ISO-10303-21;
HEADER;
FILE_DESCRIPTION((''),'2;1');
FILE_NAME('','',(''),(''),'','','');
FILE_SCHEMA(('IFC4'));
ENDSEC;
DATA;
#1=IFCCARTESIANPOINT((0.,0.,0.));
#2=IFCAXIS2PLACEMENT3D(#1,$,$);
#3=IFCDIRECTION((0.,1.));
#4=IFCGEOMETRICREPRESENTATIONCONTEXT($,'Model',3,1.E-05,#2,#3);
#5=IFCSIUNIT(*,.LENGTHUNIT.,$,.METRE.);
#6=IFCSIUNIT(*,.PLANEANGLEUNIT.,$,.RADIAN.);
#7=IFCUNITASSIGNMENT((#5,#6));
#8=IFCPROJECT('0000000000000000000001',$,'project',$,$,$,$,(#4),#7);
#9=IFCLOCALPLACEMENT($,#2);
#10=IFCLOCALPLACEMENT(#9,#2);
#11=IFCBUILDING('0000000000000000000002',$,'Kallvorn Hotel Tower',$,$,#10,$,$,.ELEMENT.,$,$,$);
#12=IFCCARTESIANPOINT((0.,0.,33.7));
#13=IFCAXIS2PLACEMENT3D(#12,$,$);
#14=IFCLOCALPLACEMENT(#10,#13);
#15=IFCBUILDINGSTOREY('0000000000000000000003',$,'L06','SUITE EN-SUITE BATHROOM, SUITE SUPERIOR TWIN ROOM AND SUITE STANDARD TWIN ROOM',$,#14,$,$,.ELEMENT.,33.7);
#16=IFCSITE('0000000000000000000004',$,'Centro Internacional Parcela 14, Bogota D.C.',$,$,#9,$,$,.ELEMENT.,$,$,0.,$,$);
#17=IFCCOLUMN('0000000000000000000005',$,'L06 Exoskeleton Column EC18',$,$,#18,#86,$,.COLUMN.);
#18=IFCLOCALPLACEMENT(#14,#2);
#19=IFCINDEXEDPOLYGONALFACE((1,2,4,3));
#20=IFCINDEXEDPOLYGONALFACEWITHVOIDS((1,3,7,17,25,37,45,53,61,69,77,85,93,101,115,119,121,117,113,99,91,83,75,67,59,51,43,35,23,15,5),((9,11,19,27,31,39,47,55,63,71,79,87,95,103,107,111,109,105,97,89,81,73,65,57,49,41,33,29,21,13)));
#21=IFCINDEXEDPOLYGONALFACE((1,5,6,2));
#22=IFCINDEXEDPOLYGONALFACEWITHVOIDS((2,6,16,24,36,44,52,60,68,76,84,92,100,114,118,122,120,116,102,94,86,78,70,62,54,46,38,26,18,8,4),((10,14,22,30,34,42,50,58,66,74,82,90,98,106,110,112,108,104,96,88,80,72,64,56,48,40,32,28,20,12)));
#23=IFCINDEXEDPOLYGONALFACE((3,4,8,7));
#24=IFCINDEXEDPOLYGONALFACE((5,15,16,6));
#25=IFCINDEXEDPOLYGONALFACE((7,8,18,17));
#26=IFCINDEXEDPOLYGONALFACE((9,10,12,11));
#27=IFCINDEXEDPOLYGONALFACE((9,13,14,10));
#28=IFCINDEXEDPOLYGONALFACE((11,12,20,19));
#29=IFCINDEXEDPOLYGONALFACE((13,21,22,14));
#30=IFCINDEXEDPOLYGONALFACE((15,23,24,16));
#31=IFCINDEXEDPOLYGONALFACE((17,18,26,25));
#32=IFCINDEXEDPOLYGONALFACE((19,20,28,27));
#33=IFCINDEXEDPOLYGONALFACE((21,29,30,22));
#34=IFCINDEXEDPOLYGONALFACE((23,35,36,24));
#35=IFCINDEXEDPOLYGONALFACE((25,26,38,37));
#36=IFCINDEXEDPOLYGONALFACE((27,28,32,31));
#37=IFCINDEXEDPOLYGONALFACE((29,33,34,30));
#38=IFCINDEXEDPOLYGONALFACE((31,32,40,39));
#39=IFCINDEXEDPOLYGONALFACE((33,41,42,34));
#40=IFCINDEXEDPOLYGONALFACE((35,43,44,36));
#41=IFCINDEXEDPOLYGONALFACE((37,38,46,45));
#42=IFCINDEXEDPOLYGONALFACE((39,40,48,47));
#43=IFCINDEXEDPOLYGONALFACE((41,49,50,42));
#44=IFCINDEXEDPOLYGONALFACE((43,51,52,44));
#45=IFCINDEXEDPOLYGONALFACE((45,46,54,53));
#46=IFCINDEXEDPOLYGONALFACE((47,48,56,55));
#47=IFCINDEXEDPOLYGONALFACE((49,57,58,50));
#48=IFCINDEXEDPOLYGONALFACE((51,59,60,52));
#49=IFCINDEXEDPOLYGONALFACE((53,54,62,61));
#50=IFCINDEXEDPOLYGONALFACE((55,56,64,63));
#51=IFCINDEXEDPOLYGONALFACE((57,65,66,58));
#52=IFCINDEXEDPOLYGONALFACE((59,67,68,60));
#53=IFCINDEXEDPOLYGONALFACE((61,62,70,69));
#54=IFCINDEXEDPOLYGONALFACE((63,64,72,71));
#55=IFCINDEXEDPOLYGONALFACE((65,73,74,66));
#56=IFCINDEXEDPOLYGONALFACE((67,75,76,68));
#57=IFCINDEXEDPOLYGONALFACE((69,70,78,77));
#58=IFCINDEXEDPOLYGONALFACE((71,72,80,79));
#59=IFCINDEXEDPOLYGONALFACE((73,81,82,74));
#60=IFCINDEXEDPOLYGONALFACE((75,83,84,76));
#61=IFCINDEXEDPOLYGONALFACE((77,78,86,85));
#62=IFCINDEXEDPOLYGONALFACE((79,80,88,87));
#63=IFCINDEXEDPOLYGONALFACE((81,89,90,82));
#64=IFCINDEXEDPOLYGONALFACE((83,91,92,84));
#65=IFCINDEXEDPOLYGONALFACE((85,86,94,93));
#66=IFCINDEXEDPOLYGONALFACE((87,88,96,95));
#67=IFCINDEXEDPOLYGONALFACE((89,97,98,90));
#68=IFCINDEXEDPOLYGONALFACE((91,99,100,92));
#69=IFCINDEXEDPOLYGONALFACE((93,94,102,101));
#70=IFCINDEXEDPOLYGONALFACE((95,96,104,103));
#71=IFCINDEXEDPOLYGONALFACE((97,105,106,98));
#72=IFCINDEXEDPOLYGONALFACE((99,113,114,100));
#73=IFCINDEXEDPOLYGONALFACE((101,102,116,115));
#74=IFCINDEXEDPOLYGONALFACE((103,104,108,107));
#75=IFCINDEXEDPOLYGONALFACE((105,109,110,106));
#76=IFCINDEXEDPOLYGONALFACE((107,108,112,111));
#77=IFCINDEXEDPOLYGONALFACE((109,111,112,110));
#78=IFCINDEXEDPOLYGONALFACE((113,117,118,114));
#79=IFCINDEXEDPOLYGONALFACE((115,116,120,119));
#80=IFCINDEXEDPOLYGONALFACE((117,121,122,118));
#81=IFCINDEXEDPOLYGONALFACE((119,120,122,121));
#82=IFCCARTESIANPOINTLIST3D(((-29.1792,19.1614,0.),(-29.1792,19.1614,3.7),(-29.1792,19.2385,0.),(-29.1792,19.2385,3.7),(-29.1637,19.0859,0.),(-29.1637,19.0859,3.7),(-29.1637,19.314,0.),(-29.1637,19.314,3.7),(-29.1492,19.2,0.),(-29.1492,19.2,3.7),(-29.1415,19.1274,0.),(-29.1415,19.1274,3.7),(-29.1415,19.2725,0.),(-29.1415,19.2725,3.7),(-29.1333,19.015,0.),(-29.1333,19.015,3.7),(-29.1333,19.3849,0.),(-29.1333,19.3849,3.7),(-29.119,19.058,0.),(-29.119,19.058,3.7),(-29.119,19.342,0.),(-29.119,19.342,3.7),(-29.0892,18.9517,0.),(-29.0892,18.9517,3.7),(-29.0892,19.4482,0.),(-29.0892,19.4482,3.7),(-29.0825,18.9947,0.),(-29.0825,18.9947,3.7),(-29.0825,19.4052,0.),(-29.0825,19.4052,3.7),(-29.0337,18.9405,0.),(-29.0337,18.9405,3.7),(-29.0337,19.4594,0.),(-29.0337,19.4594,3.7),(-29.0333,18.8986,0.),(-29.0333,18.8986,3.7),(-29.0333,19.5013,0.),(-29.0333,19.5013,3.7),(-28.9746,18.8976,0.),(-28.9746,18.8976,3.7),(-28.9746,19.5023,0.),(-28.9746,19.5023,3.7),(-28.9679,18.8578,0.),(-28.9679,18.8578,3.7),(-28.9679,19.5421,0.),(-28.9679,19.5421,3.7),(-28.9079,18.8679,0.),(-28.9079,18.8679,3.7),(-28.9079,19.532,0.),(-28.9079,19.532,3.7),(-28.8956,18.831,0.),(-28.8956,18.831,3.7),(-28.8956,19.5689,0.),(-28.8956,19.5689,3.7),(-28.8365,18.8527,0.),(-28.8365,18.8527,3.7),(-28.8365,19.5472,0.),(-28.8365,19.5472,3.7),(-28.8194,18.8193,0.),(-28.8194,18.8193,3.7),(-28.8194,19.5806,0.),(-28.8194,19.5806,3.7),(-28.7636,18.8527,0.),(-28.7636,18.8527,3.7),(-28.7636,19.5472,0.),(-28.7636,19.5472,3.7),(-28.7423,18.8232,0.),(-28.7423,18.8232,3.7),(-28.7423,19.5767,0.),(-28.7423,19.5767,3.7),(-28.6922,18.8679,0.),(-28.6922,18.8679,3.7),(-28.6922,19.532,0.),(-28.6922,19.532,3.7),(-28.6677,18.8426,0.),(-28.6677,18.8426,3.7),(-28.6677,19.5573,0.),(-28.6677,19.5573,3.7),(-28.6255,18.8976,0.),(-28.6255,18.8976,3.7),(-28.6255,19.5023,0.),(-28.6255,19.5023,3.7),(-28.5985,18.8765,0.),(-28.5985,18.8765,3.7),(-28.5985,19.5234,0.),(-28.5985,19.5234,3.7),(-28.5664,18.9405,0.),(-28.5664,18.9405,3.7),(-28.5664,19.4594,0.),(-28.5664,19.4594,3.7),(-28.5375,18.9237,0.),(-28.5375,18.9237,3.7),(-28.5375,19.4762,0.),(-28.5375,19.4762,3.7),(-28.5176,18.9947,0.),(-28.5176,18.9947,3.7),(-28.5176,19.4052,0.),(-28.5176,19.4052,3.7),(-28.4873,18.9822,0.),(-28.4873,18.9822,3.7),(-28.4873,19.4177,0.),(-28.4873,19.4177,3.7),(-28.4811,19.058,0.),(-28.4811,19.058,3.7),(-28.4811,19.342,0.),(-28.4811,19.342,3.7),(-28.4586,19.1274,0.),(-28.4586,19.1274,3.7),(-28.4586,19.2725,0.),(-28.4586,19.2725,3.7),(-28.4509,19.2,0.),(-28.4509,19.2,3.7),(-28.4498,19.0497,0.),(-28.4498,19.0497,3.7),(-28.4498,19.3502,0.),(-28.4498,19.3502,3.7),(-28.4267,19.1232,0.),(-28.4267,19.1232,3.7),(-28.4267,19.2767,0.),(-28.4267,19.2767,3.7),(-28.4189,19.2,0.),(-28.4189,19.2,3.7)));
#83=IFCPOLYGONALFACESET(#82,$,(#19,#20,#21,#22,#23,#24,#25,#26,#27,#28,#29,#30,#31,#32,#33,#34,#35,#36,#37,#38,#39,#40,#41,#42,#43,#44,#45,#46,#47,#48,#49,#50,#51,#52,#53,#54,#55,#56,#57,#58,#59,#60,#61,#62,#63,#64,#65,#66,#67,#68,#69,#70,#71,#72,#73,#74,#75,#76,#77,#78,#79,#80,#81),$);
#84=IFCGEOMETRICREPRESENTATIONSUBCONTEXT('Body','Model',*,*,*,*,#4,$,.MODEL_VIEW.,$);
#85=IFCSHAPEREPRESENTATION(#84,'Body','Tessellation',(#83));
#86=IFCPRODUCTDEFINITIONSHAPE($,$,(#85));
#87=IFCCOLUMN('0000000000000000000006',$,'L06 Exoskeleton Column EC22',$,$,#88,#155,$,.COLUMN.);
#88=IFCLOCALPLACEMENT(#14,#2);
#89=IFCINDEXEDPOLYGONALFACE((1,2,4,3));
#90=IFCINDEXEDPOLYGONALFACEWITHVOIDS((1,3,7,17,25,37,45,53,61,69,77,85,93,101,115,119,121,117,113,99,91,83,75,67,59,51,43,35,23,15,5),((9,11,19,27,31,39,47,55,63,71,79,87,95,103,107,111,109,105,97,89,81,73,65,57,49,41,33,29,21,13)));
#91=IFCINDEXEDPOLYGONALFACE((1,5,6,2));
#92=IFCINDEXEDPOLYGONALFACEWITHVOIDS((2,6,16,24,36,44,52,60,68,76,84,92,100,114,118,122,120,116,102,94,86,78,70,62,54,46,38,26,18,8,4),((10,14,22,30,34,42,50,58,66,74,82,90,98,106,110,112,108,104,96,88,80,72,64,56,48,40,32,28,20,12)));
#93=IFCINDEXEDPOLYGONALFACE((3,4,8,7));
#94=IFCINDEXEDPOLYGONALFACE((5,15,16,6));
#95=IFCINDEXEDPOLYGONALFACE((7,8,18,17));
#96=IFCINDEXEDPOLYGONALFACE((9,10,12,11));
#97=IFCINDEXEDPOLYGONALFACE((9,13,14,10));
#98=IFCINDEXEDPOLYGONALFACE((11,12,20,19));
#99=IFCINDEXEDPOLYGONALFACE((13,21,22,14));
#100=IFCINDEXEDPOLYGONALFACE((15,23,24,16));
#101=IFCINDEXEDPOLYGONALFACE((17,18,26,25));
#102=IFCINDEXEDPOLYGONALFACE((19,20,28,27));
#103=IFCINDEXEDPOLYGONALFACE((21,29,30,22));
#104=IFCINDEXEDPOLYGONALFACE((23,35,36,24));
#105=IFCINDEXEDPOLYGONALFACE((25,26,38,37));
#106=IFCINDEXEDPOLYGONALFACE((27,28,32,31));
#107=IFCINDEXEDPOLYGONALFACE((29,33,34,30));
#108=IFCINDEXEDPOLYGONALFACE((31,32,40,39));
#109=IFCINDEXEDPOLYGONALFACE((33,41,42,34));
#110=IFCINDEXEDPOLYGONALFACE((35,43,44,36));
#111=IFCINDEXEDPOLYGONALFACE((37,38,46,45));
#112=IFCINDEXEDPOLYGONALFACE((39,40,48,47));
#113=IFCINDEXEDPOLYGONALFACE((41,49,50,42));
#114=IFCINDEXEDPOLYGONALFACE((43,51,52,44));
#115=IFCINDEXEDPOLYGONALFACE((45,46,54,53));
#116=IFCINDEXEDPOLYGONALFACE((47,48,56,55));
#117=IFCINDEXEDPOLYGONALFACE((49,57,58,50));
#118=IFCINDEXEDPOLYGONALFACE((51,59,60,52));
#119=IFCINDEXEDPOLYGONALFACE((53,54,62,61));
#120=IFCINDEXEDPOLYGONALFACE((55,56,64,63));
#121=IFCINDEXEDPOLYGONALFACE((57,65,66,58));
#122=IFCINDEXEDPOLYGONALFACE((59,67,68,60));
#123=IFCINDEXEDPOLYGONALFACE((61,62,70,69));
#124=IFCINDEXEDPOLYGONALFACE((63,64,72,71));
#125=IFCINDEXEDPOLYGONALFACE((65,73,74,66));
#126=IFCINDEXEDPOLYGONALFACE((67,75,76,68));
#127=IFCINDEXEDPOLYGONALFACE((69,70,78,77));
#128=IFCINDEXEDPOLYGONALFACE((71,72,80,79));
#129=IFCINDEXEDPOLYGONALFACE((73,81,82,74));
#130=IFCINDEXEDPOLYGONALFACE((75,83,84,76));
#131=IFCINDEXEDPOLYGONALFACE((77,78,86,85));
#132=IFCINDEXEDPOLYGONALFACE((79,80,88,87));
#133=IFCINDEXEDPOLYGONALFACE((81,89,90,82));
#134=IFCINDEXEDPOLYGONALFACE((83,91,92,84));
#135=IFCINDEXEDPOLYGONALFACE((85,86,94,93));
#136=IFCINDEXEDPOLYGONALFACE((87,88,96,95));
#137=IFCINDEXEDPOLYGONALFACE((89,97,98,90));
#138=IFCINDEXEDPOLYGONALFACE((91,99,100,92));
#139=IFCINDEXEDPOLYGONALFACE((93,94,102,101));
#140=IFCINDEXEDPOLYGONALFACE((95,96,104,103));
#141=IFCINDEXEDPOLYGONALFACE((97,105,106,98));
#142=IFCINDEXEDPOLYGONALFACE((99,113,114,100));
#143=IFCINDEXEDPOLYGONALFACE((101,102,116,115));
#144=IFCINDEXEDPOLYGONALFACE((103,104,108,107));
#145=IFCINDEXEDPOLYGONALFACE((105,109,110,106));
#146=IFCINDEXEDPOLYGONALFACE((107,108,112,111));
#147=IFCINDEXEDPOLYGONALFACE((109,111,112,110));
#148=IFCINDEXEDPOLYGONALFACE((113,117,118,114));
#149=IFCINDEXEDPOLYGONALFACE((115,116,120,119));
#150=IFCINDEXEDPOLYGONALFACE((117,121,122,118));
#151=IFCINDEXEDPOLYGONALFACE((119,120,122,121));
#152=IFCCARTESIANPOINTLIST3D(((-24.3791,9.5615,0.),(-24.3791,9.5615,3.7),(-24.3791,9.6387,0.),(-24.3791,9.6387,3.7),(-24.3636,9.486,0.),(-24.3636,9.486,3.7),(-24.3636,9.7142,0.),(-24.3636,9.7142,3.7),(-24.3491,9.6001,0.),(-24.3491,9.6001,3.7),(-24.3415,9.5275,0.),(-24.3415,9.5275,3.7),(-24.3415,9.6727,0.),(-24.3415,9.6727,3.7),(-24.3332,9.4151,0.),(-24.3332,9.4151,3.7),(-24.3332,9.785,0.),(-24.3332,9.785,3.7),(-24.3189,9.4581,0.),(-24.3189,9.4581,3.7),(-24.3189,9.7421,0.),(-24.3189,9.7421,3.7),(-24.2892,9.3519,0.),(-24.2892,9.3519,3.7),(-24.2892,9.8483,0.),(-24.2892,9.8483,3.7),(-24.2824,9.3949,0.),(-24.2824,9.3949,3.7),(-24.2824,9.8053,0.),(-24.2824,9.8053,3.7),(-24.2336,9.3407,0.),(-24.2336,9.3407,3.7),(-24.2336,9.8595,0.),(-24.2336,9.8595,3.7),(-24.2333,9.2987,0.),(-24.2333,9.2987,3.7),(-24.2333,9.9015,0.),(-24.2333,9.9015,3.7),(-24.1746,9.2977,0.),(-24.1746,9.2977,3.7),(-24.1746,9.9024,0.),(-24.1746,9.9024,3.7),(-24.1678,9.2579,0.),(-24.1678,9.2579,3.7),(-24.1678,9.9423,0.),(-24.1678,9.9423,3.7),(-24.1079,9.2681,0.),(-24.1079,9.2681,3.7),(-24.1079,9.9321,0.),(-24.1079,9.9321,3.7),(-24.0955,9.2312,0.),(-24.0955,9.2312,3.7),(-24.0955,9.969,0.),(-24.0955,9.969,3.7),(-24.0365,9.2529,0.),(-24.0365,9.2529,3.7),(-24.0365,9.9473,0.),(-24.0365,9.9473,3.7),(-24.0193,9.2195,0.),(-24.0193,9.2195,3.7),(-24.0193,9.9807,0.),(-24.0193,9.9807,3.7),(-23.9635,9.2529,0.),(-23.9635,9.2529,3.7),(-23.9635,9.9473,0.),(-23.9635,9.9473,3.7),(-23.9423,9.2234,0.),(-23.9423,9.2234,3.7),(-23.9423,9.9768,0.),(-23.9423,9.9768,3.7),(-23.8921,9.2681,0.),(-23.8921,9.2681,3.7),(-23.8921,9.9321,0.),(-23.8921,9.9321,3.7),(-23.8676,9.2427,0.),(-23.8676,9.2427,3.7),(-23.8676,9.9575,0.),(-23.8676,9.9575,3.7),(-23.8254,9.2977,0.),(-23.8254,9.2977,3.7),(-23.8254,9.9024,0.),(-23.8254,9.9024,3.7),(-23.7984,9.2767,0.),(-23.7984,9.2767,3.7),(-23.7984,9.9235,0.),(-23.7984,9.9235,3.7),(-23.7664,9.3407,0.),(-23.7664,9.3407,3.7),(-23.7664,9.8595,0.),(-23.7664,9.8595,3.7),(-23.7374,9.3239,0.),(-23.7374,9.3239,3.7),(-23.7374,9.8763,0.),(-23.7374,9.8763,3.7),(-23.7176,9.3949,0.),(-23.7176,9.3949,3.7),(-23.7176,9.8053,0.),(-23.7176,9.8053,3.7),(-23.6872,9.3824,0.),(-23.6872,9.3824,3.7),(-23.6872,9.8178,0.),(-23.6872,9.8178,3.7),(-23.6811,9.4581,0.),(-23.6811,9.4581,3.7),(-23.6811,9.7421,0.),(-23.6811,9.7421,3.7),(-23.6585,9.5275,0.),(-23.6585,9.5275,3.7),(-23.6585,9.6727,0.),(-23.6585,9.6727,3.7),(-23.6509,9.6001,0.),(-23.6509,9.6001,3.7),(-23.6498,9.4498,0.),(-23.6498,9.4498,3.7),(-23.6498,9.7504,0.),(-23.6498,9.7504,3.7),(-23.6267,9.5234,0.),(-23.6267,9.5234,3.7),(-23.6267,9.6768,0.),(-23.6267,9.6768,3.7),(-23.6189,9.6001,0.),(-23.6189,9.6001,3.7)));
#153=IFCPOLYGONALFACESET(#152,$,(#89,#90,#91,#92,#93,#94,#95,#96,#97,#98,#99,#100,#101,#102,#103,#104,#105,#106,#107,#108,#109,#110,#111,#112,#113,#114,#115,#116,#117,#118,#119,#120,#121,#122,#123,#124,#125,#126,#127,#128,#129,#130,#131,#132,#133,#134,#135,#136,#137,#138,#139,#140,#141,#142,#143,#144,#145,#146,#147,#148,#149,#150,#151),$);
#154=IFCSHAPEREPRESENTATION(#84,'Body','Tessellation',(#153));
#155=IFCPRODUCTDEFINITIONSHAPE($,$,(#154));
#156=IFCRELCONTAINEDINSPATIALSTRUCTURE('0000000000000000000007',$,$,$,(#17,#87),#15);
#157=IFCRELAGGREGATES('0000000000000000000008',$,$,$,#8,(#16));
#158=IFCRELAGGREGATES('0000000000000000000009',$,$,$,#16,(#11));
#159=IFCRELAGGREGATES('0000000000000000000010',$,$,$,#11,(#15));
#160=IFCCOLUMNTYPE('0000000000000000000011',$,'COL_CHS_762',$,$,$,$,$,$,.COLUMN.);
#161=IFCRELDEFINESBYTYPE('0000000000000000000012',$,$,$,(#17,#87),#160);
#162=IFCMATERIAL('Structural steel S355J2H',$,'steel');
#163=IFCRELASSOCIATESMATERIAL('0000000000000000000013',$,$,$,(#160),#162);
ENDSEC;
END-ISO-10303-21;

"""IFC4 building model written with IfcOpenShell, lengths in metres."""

from ifc_helpers import new_model, si_unit, direction, frame, origin, origin_2d, place, context, subcontext, project, spatial, hollow_circle, extrude, material, material_profile, profile_set, type_object, element, save


model = new_model("IFC4")

# Units and contexts
model_context = context("Model", 3, precision=1e-05, world=origin(), true_north=direction((0.0, 1.0)))
body_context = subcontext(model_context, "Body", "Model", "MODEL_VIEW")
ifc_project = project(units=[si_unit("LENGTHUNIT", "METRE"), si_unit("PLANEANGLEUNIT", "RADIAN")], contexts=[model_context])

# Site, building, storey
site_placement = place(None, origin())
site = spatial("IfcSite", under=ifc_project, at=site_placement, Name="Centro Internacional Parcela 14, Bogota D.C.", CompositionType="ELEMENT", RefElevation=0.0)
building_placement = place(site_placement, origin())
building = spatial("IfcBuilding", under=site, at=building_placement, Name="Kallvorn Hotel Tower", CompositionType="ELEMENT")
storey_placement = place(building_placement, frame((0.0, 0.0, 33.7)))
storey = spatial("IfcBuildingStorey", under=building, at=storey_placement, Name="L06", Description="SUITE EN-SUITE BATHROOM, SUITE SUPERIOR TWIN ROOM AND SUITE STANDARD TWIN ROOM", CompositionType="ELEMENT", Elevation=33.7)

# Columns
ifc_material_1 = material(Name="Structural steel S355J2H", Category="steel")
ifc_material_profile_1 = material_profile(ifc_material_1, hollow_circle(Radius=0.3811, WallThickness=0.032, at=origin_2d()), Name="CHS 762x32")
ifc_profile_set_1 = profile_set([ifc_material_profile_1], Name="Structural steel S355J2H")
column_type_1 = type_object("IfcColumnType", Name="COL_CHS_762", PredefinedType="COLUMN", material=ifc_profile_set_1)
for number, where, z_axis, x_axis, name in (
    (1, (-28.8, 19.2, 0.0), (0.0, 0.0, 1.0), (1.0, 0.0, 0.0), "L06 Exoskeleton Column EC18"),
    (2, (-24.0, 9.6001, 0.0), (0.0, 0.0, 1.0), (1.0, 0.0, 0.0), "L06 Exoskeleton Column EC22"),
):
    element("IfcColumn", number, at=place(storey_placement, frame(where, z_axis=z_axis, x_axis=x_axis)), inside=storey, type_object=column_type_1, Name=name, PredefinedType="COLUMN", context=body_context, shape_type="SweptSolid", body=[
        extrude(hollow_circle(Radius=0.3811, WallThickness=0.032, at=origin_2d()), origin(), (0.0, 0.0, 1.0), 3.7),
    ])

save(model, "model.ifc")
